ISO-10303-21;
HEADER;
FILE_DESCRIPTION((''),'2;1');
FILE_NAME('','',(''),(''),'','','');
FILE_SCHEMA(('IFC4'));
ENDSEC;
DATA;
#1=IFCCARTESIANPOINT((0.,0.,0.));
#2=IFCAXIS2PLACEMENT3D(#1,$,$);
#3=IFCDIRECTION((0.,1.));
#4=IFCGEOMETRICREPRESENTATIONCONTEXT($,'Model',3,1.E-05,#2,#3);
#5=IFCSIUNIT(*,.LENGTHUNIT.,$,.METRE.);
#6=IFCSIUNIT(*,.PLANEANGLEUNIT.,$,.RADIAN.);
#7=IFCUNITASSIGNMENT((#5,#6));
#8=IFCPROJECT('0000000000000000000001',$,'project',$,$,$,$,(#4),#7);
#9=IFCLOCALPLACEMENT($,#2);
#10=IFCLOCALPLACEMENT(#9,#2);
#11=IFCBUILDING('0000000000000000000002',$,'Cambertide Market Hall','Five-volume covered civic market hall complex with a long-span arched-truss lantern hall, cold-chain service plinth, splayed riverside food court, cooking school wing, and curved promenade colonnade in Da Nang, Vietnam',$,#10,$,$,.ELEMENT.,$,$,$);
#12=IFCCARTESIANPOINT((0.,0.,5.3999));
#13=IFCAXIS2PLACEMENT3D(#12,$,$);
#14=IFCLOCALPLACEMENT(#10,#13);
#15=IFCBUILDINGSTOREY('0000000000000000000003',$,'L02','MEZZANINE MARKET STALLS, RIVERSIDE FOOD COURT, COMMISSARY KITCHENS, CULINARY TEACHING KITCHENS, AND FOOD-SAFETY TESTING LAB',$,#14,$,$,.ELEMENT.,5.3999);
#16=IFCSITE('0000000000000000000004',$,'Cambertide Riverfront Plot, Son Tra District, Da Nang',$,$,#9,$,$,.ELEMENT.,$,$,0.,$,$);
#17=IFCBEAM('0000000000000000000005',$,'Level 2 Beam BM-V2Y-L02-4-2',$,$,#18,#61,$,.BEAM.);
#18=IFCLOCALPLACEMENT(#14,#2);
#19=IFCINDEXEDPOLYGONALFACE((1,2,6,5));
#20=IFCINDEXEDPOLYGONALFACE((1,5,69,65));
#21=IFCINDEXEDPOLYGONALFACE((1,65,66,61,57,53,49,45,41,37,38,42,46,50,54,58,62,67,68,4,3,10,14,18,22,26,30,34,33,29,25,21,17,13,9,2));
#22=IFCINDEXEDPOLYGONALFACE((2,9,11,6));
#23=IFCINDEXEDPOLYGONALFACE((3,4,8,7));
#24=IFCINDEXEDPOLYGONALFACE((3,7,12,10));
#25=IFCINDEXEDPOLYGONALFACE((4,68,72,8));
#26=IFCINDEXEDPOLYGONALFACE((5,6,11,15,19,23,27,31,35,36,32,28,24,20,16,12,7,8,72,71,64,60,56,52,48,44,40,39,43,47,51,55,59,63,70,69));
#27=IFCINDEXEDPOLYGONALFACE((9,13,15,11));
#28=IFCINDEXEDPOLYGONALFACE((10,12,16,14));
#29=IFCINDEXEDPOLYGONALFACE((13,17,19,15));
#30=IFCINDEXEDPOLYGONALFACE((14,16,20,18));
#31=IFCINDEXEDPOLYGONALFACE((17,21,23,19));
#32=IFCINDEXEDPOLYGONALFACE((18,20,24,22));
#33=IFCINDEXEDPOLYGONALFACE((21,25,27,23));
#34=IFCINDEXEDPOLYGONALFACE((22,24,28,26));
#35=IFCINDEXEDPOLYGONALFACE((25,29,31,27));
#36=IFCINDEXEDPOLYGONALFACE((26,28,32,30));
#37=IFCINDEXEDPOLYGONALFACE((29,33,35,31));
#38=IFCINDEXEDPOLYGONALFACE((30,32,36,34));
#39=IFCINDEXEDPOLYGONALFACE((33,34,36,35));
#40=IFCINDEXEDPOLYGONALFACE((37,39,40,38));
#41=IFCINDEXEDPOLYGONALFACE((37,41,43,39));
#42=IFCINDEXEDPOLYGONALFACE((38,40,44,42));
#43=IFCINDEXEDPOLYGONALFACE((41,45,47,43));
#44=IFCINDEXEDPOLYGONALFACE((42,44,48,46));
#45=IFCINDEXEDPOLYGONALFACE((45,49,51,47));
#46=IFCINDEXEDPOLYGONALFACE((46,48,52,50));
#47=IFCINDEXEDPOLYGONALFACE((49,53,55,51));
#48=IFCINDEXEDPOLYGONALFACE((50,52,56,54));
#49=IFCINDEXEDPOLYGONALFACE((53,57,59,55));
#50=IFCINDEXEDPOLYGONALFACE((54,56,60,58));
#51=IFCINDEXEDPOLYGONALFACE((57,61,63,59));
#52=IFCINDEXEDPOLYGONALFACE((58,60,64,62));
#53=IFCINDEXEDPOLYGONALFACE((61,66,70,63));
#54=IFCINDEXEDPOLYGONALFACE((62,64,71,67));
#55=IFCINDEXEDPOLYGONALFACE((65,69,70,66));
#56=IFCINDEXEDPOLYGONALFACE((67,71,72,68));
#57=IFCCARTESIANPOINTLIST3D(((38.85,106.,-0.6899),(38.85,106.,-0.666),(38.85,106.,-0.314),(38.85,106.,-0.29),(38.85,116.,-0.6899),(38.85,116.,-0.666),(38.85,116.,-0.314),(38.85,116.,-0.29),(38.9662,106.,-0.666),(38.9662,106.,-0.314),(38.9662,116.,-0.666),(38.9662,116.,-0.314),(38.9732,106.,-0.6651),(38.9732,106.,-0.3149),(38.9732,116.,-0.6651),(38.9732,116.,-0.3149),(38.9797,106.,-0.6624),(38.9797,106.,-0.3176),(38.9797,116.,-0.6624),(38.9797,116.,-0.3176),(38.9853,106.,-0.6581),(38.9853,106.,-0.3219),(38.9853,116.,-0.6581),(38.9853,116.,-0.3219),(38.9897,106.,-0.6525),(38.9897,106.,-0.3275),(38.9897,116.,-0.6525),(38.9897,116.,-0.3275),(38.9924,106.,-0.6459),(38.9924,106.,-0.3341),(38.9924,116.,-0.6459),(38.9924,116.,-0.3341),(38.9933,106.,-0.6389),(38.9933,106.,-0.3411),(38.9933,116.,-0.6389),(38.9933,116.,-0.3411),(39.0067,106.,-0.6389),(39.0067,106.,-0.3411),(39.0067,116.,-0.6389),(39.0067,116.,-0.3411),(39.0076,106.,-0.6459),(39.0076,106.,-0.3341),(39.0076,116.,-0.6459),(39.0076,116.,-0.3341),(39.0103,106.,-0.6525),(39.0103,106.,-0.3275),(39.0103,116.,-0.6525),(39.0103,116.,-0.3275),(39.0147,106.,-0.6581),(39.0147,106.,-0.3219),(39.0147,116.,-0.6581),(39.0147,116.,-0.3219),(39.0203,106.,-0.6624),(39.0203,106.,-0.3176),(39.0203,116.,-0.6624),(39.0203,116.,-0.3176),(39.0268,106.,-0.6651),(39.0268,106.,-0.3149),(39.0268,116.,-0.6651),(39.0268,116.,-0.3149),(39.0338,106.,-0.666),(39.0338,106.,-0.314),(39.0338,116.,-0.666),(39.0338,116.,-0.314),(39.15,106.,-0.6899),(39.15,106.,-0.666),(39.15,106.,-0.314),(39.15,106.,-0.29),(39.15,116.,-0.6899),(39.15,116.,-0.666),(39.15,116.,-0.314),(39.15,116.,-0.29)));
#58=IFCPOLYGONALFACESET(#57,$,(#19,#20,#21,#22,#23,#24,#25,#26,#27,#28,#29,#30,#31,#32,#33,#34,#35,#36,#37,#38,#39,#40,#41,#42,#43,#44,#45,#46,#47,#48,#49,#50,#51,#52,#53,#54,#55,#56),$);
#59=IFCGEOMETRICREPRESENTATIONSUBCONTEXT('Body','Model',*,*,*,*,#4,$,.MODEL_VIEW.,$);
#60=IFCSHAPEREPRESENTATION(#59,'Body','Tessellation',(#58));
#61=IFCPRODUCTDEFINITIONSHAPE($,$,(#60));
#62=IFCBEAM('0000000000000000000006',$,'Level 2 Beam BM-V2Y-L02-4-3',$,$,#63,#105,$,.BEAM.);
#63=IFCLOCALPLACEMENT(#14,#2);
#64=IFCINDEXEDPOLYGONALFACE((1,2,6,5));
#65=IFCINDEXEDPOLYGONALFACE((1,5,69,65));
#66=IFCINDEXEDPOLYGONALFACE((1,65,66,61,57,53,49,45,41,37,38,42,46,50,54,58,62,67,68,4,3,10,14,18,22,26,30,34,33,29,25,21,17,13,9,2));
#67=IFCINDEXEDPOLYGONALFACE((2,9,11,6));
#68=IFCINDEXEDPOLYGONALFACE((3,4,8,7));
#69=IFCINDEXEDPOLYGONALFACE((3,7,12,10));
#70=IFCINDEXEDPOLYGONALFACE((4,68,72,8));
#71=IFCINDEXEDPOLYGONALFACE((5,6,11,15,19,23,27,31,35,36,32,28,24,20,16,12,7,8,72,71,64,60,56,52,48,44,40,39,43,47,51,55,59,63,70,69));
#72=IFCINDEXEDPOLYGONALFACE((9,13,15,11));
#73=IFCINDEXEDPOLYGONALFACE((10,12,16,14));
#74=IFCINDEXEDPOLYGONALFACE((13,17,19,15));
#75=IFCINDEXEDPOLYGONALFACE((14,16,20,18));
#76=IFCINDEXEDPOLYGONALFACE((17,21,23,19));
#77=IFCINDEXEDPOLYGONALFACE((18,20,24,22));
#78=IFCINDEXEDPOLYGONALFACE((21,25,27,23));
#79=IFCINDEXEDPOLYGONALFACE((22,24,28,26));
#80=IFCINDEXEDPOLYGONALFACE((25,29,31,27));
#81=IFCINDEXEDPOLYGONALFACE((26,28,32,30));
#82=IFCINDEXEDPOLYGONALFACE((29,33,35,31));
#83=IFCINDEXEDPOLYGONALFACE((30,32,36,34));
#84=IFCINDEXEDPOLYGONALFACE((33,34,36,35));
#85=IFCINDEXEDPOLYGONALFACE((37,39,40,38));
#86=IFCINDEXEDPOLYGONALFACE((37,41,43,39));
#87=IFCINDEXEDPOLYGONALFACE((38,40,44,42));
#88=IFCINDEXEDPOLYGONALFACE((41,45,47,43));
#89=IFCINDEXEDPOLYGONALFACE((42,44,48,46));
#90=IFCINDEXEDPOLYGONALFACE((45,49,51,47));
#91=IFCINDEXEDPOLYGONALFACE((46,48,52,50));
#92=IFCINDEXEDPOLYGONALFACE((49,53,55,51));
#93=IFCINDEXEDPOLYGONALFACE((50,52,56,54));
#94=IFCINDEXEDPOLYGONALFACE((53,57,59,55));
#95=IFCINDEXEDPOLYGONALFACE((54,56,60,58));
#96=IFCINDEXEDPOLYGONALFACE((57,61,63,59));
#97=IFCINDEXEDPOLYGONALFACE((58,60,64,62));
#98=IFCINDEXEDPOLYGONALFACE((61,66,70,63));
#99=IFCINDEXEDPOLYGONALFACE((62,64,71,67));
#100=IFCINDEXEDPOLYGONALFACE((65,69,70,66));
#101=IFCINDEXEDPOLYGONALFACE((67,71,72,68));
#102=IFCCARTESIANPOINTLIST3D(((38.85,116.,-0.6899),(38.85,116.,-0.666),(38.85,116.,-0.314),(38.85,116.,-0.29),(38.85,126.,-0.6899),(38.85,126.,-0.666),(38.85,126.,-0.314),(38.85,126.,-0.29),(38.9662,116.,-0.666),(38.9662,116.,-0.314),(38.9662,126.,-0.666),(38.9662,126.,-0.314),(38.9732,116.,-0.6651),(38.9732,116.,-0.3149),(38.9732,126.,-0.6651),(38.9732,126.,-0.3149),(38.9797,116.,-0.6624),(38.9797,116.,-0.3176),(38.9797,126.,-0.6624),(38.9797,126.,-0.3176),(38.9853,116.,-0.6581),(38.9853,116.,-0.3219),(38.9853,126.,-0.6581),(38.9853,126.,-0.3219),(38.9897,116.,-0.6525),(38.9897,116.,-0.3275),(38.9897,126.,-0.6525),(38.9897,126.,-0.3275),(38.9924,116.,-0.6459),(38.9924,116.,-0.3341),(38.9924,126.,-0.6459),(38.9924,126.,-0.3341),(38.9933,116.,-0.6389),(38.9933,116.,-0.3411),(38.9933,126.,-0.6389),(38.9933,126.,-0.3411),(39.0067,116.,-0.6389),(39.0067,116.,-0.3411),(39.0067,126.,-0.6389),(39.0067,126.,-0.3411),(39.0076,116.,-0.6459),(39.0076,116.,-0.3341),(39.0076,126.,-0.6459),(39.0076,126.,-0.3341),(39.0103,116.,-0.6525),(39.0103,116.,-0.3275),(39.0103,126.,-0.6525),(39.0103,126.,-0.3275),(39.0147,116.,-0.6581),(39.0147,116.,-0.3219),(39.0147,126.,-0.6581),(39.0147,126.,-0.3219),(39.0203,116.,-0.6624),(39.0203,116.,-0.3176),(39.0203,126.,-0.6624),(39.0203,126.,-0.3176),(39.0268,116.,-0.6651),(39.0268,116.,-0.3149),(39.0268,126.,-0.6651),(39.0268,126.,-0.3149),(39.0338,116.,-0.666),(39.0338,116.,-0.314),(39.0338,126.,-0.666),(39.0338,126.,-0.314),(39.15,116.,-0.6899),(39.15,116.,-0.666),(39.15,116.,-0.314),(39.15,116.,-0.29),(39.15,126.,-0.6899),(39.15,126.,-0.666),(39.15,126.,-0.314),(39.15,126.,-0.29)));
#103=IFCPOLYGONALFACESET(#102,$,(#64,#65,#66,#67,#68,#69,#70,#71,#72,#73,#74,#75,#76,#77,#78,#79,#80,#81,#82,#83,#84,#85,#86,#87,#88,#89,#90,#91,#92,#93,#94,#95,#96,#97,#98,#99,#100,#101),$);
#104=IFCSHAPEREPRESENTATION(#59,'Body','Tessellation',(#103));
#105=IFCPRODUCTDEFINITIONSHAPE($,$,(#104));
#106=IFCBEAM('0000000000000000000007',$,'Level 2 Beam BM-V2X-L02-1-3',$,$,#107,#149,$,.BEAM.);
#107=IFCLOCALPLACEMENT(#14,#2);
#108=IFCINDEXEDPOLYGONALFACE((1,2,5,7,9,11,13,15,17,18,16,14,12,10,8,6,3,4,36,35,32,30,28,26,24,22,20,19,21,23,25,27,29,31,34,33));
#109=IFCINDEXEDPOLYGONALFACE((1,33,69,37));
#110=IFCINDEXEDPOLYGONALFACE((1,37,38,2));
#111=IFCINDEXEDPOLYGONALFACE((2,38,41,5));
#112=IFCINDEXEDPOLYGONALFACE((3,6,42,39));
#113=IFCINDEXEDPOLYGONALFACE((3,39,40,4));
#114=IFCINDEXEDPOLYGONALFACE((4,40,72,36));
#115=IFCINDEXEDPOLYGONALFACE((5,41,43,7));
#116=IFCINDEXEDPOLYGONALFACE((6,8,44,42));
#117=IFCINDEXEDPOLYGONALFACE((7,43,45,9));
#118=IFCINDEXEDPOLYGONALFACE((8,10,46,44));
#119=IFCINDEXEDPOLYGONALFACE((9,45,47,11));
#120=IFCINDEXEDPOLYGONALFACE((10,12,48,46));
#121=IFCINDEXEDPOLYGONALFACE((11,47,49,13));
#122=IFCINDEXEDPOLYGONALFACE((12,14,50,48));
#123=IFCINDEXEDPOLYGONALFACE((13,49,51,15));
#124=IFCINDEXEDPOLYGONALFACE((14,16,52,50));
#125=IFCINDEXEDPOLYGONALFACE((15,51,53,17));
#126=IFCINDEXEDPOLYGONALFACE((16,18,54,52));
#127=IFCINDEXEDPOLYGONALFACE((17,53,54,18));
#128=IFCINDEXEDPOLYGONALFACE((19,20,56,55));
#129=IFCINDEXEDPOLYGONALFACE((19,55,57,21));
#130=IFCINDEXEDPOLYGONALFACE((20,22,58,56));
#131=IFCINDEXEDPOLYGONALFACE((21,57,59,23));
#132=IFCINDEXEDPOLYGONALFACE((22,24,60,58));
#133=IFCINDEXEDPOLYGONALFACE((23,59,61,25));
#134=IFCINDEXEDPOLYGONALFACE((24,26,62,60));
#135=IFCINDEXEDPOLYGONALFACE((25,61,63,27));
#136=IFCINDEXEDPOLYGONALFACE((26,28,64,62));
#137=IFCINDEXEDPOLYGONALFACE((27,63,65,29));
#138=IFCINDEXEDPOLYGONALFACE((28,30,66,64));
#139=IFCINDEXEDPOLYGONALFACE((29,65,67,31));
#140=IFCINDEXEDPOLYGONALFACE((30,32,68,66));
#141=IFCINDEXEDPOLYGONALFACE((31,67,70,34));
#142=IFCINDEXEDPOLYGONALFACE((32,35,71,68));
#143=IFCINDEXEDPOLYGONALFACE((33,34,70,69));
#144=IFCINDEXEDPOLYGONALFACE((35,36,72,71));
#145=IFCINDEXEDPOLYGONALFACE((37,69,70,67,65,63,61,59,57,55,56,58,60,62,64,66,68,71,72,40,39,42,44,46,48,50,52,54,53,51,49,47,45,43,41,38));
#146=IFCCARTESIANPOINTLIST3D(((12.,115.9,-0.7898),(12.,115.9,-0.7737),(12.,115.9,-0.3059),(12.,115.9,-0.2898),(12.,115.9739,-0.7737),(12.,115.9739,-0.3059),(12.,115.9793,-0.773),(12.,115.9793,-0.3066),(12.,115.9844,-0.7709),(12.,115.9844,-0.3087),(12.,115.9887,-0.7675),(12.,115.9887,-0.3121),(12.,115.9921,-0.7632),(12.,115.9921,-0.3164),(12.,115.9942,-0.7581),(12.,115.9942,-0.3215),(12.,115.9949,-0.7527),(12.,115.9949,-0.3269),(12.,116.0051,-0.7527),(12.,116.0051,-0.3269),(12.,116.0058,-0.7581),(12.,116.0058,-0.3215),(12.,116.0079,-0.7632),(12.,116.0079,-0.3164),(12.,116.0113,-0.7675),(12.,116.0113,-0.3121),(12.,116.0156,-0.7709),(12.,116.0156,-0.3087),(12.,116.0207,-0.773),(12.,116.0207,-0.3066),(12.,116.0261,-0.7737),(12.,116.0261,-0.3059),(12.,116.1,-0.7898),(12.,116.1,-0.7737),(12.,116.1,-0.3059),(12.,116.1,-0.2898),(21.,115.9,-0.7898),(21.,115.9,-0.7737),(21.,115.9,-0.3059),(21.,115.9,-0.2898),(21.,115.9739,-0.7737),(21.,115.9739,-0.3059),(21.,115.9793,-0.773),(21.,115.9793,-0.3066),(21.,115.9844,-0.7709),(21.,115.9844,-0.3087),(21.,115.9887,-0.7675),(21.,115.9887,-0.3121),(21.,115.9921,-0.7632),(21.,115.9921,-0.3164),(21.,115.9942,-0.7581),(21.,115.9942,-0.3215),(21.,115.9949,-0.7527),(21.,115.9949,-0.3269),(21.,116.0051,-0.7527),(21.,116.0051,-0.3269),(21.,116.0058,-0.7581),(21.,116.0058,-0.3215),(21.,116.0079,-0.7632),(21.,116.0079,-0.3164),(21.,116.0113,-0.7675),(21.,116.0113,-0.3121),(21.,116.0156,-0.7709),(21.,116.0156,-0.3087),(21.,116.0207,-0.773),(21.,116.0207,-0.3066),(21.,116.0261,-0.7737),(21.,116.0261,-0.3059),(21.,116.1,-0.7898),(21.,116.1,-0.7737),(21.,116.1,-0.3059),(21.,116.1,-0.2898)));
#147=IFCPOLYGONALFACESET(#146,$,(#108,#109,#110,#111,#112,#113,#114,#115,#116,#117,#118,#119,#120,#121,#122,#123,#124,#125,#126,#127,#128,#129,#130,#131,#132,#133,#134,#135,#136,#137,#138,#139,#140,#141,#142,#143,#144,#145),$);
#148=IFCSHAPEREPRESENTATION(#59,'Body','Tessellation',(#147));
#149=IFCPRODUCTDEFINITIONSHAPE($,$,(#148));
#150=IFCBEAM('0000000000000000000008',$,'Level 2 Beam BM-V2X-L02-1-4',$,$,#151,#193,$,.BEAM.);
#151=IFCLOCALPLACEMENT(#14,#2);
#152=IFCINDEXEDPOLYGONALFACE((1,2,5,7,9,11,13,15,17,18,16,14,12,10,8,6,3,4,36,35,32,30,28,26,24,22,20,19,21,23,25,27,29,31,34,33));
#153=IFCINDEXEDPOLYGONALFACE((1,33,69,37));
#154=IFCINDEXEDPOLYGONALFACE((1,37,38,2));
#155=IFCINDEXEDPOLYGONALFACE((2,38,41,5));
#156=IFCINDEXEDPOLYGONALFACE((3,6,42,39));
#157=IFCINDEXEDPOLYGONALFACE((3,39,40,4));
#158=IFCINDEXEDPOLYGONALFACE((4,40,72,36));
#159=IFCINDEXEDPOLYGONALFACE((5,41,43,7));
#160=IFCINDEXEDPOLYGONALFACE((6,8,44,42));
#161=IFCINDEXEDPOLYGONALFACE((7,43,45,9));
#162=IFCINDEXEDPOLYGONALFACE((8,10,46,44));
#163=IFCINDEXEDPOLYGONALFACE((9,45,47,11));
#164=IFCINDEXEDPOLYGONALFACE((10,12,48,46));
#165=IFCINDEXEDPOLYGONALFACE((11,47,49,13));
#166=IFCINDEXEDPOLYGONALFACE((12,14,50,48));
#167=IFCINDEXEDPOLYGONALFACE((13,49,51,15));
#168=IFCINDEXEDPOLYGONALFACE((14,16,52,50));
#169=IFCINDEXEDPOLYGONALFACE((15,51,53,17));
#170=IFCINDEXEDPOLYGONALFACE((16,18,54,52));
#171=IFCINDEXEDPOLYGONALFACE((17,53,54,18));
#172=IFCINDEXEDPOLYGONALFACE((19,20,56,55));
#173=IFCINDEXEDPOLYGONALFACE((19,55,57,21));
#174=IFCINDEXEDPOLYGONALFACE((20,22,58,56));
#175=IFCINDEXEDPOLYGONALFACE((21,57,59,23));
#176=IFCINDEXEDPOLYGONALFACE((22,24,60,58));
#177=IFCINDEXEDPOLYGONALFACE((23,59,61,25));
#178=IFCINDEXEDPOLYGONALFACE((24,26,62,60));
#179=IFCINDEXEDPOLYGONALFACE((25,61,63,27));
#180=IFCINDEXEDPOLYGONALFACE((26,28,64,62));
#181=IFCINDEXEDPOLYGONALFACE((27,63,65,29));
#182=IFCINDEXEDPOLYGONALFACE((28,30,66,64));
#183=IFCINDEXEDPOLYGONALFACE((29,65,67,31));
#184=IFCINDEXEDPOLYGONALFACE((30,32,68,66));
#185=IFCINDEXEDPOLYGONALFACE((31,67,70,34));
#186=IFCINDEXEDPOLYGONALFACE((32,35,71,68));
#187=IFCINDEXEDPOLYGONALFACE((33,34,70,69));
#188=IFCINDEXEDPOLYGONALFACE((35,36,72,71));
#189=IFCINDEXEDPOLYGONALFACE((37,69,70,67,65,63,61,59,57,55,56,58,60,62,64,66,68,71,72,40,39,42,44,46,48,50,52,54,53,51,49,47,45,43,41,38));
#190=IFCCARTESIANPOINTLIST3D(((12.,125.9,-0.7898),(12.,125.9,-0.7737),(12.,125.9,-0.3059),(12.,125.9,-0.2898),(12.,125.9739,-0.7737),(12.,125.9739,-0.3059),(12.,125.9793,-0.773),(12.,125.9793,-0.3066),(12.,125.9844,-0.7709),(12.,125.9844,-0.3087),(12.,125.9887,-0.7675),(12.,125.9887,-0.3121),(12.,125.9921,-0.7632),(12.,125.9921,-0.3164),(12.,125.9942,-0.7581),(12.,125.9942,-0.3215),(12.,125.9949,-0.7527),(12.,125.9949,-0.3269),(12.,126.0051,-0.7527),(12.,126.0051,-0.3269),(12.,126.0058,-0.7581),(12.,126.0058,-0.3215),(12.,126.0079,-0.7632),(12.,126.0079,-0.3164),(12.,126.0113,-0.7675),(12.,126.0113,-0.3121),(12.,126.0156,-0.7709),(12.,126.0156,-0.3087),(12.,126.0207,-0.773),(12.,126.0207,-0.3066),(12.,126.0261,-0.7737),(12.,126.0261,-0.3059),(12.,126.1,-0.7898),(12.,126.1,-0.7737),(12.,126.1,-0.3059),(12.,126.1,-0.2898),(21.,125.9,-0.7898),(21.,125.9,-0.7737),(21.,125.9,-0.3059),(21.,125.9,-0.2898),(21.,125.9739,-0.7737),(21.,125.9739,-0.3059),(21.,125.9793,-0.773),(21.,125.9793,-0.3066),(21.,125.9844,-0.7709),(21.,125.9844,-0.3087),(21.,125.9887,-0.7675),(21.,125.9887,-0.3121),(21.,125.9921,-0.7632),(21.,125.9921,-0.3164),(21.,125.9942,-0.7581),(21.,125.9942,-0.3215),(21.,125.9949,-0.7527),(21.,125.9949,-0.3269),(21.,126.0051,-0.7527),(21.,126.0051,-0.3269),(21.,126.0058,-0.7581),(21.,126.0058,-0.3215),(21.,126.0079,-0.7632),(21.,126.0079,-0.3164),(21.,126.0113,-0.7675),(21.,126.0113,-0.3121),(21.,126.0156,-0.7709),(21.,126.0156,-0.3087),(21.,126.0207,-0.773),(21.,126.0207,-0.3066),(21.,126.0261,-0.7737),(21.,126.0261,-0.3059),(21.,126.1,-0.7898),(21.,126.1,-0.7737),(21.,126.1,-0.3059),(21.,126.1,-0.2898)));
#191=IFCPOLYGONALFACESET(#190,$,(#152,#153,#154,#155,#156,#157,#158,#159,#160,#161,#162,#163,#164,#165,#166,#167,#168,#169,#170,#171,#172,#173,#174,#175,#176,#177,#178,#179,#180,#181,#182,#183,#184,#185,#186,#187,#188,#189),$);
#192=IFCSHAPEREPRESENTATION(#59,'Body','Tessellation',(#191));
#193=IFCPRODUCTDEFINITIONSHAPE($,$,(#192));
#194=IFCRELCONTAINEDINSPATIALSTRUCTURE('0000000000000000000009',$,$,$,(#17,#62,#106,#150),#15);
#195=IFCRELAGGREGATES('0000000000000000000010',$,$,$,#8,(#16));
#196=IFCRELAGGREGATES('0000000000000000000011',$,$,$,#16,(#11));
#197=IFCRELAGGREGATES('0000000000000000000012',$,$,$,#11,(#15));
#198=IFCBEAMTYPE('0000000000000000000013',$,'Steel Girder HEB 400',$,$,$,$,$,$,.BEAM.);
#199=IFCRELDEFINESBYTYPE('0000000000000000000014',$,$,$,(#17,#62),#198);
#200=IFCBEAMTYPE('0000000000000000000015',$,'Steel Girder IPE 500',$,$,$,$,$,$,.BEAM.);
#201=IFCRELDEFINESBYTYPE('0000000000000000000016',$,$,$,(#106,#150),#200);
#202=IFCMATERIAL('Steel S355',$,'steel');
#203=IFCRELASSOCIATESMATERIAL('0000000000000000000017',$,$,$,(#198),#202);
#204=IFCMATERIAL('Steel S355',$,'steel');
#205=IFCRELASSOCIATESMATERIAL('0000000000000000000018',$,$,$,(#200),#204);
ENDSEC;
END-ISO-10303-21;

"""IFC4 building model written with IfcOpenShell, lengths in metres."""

from ifc_helpers import new_model, si_unit, direction, frame, origin, origin_2d, place, context, subcontext, project, spatial, i_section, extrude, material, material_profile, profile_set, type_object, element, save


model = new_model("IFC4")

# Units and contexts
model_context = context("Model", 3, precision=1e-05, world=origin(), true_north=direction((0.0, 1.0)))
body_context = subcontext(model_context, "Body", "Model", "MODEL_VIEW")
ifc_project = project(units=[si_unit("LENGTHUNIT", "METRE"), si_unit("PLANEANGLEUNIT", "RADIAN")], contexts=[model_context])

# Site, building, storey
site_placement = place(None, origin())
site = spatial("IfcSite", under=ifc_project, at=site_placement, Name="Cambertide Riverfront Plot, Son Tra District, Da Nang", CompositionType="ELEMENT", RefElevation=0.0)
building_placement = place(site_placement, origin())
building = spatial("IfcBuilding", under=site, at=building_placement, Name="Cambertide Market Hall", Description="Five-volume covered civic market hall complex with a long-span arched-truss lantern hall, cold-chain service plinth, splayed riverside food court, cooking school wing, and curved promenade colonnade in Da Nang, Vietnam", CompositionType="ELEMENT")
storey_placement = place(building_placement, frame((0.0, 0.0, 5.3999)))
storey = spatial("IfcBuildingStorey", under=building, at=storey_placement, Name="L02", Description="MEZZANINE MARKET STALLS, RIVERSIDE FOOD COURT, COMMISSARY KITCHENS, CULINARY TEACHING KITCHENS, AND FOOD-SAFETY TESTING LAB", CompositionType="ELEMENT", Elevation=5.3999)

# Beams
ifc_material_1 = material(Name="Steel S355", Category="steel")
ifc_material_profile_1 = material_profile(ifc_material_1, i_section(OverallWidth=0.3, OverallDepth=0.3999, WebThickness=0.0134, FlangeThickness=0.0239, FilletRadius=0.0271, at=origin_2d()), Name="HEB 400")
ifc_profile_set_1 = profile_set([ifc_material_profile_1], Name="Steel S355")
beam_type_1 = type_object("IfcBeamType", Name="Steel Girder HEB 400", PredefinedType="BEAM", material=ifc_profile_set_1)
for number, where, z_axis, x_axis, name in (
    (1, (39.0, 106.0, -0.49), (0.0, 1.0, 0.0), (-1.0, 0.0, 0.0), "Level 2 Beam BM-V2Y-L02-4-2"),
    (2, (39.0, 116.0, -0.49), (0.0, 1.0, 0.0), (-1.0, 0.0, 0.0), "Level 2 Beam BM-V2Y-L02-4-3"),
):
    element("IfcBeam", number, at=place(storey_placement, frame(where, z_axis=z_axis, x_axis=x_axis)), inside=storey, type_object=beam_type_1, Name=name, PredefinedType="BEAM", context=body_context, shape_type="SweptSolid", body=[
        extrude(i_section(OverallWidth=0.3, OverallDepth=0.3999, WebThickness=0.0134, FlangeThickness=0.0239, FilletRadius=0.0271, at=origin_2d()), origin(), (0.0, 0.0, 1.0), 10.0),
    ])
ifc_material_2 = material(Name="Steel S355", Category="steel")
ifc_material_profile_2 = material_profile(ifc_material_2, i_section(OverallWidth=0.2, OverallDepth=0.5, WebThickness=0.0103, FlangeThickness=0.0161, FilletRadius=0.021, at=origin_2d()), Name="IPE 500")
ifc_profile_set_2 = profile_set([ifc_material_profile_2], Name="Steel S355")
beam_type_2 = type_object("IfcBeamType", Name="Steel Girder IPE 500", PredefinedType="BEAM", material=ifc_profile_set_2)
for number, where, z_axis, x_axis, name in (
    (3, (12.0, 116.0, -0.5398), (1.0, 0.0, 0.0), (0.0, 1.0, 0.0), "Level 2 Beam BM-V2X-L02-1-3"),
    (4, (12.0, 126.0, -0.5398), (1.0, 0.0, 0.0), (0.0, 1.0, 0.0), "Level 2 Beam BM-V2X-L02-1-4"),
):
    element("IfcBeam", number, at=place(storey_placement, frame(where, z_axis=z_axis, x_axis=x_axis)), inside=storey, type_object=beam_type_2, Name=name, PredefinedType="BEAM", context=body_context, shape_type="SweptSolid", body=[
        extrude(i_section(OverallWidth=0.2, OverallDepth=0.5, WebThickness=0.0103, FlangeThickness=0.0161, FilletRadius=0.021, at=origin_2d()), origin(), (0.0, 0.0, 1.0), 9.0),
    ])

save(model, "model.ifc")
